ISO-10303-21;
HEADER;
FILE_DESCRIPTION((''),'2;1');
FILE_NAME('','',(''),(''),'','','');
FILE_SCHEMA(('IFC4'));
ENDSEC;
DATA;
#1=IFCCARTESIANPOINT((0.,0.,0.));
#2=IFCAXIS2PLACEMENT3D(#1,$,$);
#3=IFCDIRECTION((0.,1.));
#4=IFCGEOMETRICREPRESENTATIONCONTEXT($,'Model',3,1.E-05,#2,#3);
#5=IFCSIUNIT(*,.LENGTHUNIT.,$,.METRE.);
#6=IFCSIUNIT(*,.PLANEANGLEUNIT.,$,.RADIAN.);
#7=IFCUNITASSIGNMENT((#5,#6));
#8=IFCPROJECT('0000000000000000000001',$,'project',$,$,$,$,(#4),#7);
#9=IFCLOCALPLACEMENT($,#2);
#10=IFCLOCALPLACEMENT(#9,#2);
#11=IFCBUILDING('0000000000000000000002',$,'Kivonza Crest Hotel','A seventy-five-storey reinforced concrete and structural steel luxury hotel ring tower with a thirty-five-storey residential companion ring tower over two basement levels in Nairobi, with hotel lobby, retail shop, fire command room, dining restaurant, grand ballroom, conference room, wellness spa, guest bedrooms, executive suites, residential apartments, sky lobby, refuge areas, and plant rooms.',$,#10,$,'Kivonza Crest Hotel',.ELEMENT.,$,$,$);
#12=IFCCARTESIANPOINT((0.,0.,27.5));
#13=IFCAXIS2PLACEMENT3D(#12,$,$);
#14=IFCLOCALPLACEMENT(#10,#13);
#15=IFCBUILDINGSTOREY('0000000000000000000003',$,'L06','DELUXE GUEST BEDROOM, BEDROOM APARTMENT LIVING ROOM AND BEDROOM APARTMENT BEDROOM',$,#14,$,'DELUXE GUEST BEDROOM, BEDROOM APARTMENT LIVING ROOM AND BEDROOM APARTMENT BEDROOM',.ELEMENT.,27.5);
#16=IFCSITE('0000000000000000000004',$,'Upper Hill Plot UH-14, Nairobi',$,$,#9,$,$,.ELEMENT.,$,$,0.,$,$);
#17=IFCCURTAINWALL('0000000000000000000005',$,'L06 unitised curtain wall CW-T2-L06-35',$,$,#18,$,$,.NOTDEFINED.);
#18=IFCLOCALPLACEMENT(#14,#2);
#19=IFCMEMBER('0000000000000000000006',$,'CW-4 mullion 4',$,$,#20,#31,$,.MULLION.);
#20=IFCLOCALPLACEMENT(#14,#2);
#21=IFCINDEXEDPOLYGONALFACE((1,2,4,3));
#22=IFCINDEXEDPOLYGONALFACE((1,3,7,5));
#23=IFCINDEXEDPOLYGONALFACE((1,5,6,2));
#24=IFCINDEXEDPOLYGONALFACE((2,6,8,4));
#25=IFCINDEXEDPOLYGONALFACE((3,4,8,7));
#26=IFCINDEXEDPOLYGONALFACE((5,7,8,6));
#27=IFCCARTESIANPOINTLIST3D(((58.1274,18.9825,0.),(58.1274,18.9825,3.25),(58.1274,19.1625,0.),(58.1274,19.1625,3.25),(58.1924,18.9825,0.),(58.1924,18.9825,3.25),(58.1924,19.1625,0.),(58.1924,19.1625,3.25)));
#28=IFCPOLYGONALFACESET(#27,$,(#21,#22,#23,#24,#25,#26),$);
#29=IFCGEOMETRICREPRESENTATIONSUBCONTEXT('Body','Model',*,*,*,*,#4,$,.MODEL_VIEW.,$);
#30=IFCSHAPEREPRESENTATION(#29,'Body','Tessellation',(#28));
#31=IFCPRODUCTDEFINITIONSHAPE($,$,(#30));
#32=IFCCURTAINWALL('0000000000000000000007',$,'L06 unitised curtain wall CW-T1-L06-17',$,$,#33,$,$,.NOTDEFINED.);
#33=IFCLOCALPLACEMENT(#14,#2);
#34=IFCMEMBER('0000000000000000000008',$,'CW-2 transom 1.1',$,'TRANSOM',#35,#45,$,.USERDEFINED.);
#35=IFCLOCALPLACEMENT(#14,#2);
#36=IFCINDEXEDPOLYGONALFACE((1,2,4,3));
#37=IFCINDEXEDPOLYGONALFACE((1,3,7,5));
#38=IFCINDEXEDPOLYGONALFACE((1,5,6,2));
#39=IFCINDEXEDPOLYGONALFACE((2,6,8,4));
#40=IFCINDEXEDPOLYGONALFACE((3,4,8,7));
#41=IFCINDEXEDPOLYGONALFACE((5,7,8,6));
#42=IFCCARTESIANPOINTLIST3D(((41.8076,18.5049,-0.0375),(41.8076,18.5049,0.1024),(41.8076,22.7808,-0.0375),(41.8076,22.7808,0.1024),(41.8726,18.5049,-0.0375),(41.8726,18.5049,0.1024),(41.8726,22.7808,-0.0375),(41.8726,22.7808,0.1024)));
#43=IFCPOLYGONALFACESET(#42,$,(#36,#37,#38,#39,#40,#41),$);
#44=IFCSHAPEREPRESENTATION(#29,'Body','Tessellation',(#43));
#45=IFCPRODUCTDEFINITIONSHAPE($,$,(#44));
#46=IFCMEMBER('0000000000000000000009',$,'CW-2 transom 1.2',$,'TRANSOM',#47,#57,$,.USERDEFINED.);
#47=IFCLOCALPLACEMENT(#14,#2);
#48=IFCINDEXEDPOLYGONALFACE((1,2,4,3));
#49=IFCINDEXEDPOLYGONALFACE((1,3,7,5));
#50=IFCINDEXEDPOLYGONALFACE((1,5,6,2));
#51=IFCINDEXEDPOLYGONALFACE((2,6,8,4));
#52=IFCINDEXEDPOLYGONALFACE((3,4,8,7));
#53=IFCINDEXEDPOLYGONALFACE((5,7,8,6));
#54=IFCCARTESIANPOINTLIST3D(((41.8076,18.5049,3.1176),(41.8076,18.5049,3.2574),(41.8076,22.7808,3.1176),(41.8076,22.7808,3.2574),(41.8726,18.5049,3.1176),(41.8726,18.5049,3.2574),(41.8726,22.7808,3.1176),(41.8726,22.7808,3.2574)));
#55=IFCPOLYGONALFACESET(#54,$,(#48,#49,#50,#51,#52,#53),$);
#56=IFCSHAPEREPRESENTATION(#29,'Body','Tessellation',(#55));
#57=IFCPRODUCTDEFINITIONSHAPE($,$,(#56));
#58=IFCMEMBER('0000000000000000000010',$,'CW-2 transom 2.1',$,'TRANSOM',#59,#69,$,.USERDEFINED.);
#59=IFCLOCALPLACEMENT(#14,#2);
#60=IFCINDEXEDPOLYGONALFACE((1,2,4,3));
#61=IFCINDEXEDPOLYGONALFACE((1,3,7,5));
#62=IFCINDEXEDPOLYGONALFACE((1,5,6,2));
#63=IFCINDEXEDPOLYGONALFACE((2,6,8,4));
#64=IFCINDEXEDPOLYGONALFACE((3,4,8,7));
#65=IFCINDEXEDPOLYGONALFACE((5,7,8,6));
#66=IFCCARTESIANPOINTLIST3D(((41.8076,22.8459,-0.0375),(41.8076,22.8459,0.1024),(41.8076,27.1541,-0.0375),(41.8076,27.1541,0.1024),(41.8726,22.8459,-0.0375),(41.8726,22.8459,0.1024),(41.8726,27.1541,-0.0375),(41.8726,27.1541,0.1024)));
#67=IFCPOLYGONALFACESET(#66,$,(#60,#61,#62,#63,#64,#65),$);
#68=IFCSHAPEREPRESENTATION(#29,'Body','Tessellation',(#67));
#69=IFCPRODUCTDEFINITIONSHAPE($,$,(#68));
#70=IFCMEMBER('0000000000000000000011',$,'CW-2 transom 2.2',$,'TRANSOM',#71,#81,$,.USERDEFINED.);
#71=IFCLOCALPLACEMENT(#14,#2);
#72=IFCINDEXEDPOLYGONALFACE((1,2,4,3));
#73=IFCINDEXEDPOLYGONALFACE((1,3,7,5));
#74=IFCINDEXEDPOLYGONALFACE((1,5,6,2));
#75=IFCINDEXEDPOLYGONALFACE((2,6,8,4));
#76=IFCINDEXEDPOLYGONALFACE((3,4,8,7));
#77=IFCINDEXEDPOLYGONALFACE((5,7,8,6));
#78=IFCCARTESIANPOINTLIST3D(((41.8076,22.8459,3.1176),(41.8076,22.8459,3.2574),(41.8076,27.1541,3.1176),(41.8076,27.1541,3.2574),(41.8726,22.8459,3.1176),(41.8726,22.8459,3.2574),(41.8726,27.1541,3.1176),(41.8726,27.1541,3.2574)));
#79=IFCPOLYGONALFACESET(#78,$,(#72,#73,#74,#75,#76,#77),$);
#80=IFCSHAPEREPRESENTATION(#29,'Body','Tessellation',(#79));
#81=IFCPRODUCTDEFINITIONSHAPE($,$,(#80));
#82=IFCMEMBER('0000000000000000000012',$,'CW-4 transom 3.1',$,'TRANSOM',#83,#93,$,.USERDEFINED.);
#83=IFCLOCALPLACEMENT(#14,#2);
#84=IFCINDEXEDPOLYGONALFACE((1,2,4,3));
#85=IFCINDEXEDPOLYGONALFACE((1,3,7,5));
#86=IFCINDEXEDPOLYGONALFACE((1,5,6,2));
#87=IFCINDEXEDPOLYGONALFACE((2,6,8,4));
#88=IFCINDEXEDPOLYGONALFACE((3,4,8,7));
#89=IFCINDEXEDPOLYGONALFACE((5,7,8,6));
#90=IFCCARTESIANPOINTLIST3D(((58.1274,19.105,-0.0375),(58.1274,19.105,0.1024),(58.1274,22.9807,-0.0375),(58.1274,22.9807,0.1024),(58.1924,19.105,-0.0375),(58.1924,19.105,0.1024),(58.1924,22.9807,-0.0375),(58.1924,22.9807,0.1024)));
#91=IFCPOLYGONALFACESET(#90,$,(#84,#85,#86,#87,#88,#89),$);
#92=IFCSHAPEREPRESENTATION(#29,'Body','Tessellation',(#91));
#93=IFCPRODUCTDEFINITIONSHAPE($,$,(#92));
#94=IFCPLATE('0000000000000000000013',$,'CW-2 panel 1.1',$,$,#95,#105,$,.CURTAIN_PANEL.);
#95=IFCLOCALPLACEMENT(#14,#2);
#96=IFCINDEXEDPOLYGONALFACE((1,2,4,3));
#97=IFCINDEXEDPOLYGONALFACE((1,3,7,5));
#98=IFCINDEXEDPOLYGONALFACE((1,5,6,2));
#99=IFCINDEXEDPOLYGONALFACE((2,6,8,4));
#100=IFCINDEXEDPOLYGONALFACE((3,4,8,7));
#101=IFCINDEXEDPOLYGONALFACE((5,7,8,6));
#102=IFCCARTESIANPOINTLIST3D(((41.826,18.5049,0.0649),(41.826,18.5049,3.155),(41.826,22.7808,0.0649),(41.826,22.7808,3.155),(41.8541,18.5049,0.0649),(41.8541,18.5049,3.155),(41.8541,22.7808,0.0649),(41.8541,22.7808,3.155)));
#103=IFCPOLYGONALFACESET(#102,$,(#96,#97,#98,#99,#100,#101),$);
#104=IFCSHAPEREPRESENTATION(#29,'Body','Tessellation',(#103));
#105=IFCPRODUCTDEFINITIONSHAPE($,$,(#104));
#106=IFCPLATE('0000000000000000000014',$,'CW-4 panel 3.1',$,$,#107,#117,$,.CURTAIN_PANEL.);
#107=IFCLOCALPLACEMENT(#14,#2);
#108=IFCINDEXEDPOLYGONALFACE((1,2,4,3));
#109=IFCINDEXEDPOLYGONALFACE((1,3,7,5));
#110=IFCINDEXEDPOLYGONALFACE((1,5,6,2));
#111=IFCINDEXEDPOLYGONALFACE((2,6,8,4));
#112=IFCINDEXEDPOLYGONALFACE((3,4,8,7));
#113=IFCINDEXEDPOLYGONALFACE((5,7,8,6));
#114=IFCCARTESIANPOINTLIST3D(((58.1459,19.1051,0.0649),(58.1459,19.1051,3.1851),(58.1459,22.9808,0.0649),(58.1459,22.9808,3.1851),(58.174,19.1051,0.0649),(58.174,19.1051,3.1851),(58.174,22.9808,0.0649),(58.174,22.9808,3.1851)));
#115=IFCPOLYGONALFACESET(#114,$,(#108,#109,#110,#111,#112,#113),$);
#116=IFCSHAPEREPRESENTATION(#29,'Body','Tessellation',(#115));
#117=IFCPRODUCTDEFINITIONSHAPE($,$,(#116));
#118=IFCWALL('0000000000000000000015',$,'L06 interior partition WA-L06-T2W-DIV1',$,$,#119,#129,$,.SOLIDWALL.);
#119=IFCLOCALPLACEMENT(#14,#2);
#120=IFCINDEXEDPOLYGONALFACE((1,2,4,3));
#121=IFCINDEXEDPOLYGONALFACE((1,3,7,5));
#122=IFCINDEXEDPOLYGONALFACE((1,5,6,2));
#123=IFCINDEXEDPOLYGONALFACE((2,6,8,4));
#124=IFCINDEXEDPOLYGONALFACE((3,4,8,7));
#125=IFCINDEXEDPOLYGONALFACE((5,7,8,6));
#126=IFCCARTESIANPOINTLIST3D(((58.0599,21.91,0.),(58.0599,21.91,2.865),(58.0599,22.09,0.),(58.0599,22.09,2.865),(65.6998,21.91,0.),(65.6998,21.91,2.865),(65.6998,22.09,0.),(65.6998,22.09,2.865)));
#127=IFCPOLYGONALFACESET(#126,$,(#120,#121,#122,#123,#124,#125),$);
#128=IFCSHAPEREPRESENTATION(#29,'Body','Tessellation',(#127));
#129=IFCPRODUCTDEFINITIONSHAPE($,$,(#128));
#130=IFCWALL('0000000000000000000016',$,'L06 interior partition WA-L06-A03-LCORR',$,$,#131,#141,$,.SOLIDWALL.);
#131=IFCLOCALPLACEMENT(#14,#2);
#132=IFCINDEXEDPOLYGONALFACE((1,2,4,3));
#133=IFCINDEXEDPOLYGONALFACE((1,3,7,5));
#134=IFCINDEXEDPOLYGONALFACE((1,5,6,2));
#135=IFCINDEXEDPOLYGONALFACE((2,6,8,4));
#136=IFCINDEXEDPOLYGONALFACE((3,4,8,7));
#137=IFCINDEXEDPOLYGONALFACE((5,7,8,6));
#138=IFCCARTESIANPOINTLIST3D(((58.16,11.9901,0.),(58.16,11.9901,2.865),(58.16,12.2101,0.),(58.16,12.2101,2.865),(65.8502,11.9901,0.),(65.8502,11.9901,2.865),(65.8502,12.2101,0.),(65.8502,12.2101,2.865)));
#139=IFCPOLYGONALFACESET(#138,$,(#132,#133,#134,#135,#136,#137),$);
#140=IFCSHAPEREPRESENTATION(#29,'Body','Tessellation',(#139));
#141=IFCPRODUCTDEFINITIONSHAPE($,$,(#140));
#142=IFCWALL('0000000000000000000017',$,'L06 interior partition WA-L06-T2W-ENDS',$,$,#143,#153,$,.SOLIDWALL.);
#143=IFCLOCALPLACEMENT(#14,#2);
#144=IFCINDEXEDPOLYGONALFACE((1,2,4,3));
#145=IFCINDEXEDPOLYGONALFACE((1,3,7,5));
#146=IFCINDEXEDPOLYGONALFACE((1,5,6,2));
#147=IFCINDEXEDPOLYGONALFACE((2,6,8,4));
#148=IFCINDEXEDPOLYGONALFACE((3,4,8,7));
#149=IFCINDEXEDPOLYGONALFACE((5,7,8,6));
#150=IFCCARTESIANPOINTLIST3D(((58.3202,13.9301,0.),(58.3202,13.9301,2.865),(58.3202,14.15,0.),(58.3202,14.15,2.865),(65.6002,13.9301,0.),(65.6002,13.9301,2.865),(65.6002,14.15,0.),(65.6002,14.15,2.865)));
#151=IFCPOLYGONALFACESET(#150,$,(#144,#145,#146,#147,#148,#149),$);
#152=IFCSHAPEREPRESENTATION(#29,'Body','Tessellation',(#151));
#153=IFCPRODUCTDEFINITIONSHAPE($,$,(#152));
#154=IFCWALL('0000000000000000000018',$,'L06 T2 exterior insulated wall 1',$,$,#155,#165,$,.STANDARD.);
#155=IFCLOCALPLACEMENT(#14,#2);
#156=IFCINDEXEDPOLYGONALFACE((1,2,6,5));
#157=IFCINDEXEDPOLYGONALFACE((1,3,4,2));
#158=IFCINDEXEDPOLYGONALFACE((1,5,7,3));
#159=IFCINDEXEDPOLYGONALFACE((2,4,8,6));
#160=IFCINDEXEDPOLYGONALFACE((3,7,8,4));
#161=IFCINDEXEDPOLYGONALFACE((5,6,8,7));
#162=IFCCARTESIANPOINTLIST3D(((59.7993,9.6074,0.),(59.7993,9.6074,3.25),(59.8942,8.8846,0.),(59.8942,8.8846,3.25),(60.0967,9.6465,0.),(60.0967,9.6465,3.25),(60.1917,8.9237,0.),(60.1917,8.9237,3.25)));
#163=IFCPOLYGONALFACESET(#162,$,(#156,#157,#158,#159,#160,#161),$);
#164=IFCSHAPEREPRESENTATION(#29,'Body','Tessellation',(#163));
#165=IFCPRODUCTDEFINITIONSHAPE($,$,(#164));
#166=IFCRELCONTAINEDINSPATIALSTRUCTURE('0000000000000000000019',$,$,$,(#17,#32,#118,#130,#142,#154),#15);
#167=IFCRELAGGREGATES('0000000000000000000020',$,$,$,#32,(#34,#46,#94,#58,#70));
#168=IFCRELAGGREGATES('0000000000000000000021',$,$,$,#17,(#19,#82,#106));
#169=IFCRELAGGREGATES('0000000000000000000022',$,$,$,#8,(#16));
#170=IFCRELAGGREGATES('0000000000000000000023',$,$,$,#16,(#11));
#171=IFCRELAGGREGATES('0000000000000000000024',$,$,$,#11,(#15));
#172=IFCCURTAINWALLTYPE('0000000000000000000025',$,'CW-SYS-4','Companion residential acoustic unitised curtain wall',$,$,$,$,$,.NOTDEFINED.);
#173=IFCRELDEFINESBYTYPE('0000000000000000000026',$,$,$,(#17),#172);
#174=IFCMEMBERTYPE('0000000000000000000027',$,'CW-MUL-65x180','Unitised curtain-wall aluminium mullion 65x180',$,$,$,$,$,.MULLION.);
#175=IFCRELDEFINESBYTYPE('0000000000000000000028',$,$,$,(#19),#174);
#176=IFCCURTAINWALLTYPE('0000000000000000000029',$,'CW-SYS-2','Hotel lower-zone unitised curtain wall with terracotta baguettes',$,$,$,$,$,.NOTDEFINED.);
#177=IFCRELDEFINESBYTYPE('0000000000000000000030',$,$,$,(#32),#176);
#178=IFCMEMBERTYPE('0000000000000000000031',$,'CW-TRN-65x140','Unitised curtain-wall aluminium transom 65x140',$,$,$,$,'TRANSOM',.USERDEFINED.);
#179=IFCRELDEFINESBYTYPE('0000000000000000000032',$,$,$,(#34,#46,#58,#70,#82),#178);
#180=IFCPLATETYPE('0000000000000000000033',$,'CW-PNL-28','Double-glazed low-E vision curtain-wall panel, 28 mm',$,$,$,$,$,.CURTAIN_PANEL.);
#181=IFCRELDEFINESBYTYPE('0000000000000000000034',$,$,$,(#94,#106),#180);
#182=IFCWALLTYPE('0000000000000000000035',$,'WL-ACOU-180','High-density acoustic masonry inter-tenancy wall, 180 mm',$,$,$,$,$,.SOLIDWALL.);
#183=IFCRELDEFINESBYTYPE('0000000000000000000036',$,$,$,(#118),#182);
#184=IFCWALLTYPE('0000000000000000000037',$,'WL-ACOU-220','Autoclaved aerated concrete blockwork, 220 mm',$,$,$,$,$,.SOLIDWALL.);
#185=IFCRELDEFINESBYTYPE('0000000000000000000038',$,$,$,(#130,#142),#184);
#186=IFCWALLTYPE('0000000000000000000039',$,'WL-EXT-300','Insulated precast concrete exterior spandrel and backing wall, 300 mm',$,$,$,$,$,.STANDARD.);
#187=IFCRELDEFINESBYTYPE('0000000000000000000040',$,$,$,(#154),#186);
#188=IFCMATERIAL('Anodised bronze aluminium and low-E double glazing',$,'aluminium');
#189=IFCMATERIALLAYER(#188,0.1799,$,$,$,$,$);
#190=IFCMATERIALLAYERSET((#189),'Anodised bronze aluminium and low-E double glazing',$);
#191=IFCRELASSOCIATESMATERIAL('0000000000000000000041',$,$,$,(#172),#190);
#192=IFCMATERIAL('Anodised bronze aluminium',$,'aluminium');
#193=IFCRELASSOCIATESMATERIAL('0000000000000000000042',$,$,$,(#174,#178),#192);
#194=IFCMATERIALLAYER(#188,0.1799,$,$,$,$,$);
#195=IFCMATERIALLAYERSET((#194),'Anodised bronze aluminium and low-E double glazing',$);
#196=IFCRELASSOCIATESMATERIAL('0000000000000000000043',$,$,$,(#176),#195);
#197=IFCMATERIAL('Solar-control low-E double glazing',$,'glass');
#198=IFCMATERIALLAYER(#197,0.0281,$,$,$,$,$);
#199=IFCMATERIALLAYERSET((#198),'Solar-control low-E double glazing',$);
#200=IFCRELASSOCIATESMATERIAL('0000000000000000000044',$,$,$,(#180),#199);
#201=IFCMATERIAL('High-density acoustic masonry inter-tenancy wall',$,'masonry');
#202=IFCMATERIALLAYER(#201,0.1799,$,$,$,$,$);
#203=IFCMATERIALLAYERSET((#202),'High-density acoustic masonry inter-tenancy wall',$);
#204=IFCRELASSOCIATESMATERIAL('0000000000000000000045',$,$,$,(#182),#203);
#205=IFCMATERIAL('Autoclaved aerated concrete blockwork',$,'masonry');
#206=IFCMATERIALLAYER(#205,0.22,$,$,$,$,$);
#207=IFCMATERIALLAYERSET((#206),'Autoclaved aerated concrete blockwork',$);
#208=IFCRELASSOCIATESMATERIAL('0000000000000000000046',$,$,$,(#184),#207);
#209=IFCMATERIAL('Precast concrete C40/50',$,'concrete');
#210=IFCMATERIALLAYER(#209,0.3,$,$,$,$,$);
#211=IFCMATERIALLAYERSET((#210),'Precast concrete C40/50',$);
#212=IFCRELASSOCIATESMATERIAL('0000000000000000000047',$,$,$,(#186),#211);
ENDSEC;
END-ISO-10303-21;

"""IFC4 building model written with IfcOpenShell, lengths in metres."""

from ifc_helpers import new_model, si_unit, direction, frame, frame_2d, origin, origin_2d, place, context, subcontext, project, spatial, rectangle, extrude, material, layer, layer_set, material_profile, profile_set, type_object, element, aggregate, save


model = new_model("IFC4")

# Units and contexts
model_context = context("Model", 3, precision=1e-05, world=origin(), true_north=direction((0.0, 1.0)))
body_context = subcontext(model_context, "Body", "Model", "MODEL_VIEW")
ifc_project = project(units=[si_unit("LENGTHUNIT", "METRE"), si_unit("PLANEANGLEUNIT", "RADIAN")], contexts=[model_context])

# Site, building, storey
site_placement = place(None, origin())
site = spatial("IfcSite", under=ifc_project, at=site_placement, Name="Upper Hill Plot UH-14, Nairobi", CompositionType="ELEMENT", RefElevation=0.0)
building_placement = place(site_placement, origin())
building = spatial("IfcBuilding", under=site, at=building_placement, Name="Kivonza Crest Hotel", Description="A seventy-five-storey reinforced concrete and structural steel luxury hotel ring tower with a thirty-five-storey residential companion ring tower over two basement levels in Nairobi, with hotel lobby, retail shop, fire command room, dining restaurant, grand ballroom, conference room, wellness spa, guest bedrooms, executive suites, residential apartments, sky lobby, refuge areas, and plant rooms.", LongName="Kivonza Crest Hotel", CompositionType="ELEMENT")
storey_placement = place(building_placement, frame((0.0, 0.0, 27.5)))
storey = spatial("IfcBuildingStorey", under=building, at=storey_placement, Name="L06", Description="DELUXE GUEST BEDROOM, BEDROOM APARTMENT LIVING ROOM AND BEDROOM APARTMENT BEDROOM", LongName="DELUXE GUEST BEDROOM, BEDROOM APARTMENT LIVING ROOM AND BEDROOM APARTMENT BEDROOM", CompositionType="ELEMENT", Elevation=27.5)

# Curtain wall, member
ifc_material_1 = material(Name="Anodised bronze aluminium and low-E double glazing", Category="aluminium")
ifc_layer_1 = layer(ifc_material_1, 0.1799)
ifc_layer_set_1 = layer_set([ifc_layer_1], Name="Anodised bronze aluminium and low-E double glazing")
curtain_wall_type_1 = type_object("IfcCurtainWallType", Name="CW-SYS-4", Description="Companion residential acoustic unitised curtain wall", PredefinedType="NOTDEFINED", material=ifc_layer_set_1)
curtain_wall_1_placement = place(storey_placement, origin())
curtain_wall_1 = element("IfcCurtainWall", 1, at=curtain_wall_1_placement, inside=storey, type_object=curtain_wall_type_1, Name="L06 unitised curtain wall CW-T2-L06-35", PredefinedType="NOTDEFINED")
ifc_material_2 = material(Name="Anodised bronze aluminium", Category="aluminium")
ifc_material_profile_1 = material_profile(ifc_material_2, rectangle(XDim=0.0649, YDim=0.1799, at=origin_2d()), Name="CW-M 65x180")
ifc_profile_set_1 = profile_set([ifc_material_profile_1], Name="Anodised bronze aluminium")
member_type_1 = type_object("IfcMemberType", Name="CW-MUL-65x180", Description="Unitised curtain-wall aluminium mullion 65x180", PredefinedType="MULLION", material=ifc_profile_set_1)
member_1_placement = place(storey_placement, frame((58.1599, 19.0725, 0.0), z_axis=(0.0, 0.0, 1.0), x_axis=(1.0, 0.0, 0.0)))
member_1 = element("IfcMember", 2, at=member_1_placement, type_object=member_type_1, Name="CW-4 mullion 4", PredefinedType="MULLION", context=body_context, shape_type="SweptSolid", body=[
    extrude(rectangle(XDim=0.0649, YDim=0.1799, at=origin_2d()), origin(), (0.0, 0.0, 1.0), 3.25),
])

# Curtain wall, members
ifc_layer_2 = layer(ifc_material_1, 0.1799)
ifc_layer_set_2 = layer_set([ifc_layer_2], Name="Anodised bronze aluminium and low-E double glazing")
curtain_wall_type_2 = type_object("IfcCurtainWallType", Name="CW-SYS-2", Description="Hotel lower-zone unitised curtain wall with terracotta baguettes", PredefinedType="NOTDEFINED", material=ifc_layer_set_2)
curtain_wall_2_placement = place(storey_placement, origin())
curtain_wall_2 = element("IfcCurtainWall", 3, at=curtain_wall_2_placement, inside=storey, type_object=curtain_wall_type_2, Name="L06 unitised curtain wall CW-T1-L06-17", PredefinedType="NOTDEFINED")
ifc_material_profile_2 = material_profile(ifc_material_2, rectangle(XDim=0.0649, YDim=0.1399, at=origin_2d()), Name="CW-T 65x140")
ifc_profile_set_2 = profile_set([ifc_material_profile_2], Name="Anodised bronze aluminium")
member_type_2 = type_object("IfcMemberType", Name="CW-TRN-65x140", Description="Unitised curtain-wall aluminium transom 65x140", ElementType="TRANSOM", PredefinedType="USERDEFINED", material=ifc_profile_set_2)
member_2_placement = place(storey_placement, frame((41.8401, 18.5049, 0.0325), z_axis=(0.0, 1.0, 0.0), x_axis=(-1.0, 0.0, 0.0)))
member_2 = element("IfcMember", 4, at=member_2_placement, type_object=member_type_2, Name="CW-2 transom 1.1", ObjectType="TRANSOM", PredefinedType="USERDEFINED", context=body_context, shape_type="SweptSolid", body=[
    extrude(rectangle(XDim=0.0649, YDim=0.1399, at=origin_2d()), origin(), (0.0, 0.0, 1.0), 4.2759),
])
member_3_placement = place(storey_placement, frame((41.8401, 18.5049, 3.1875), z_axis=(0.0, 1.0, 0.0), x_axis=(-1.0, 0.0, 0.0)))
member_3 = element("IfcMember", 5, at=member_3_placement, type_object=member_type_2, Name="CW-2 transom 1.2", ObjectType="TRANSOM", PredefinedType="USERDEFINED", context=body_context, shape_type="SweptSolid", body=[
    extrude(rectangle(XDim=0.0649, YDim=0.1399, at=origin_2d()), origin(), (0.0, 0.0, 1.0), 4.2759),
])
member_4_placement = place(storey_placement, frame((41.8401, 22.8459, 0.0325), z_axis=(0.0, 1.0, 0.0), x_axis=(-1.0, 0.0, 0.0)))
member_4 = element("IfcMember", 6, at=member_4_placement, type_object=member_type_2, Name="CW-2 transom 2.1", ObjectType="TRANSOM", PredefinedType="USERDEFINED", context=body_context, shape_type="SweptSolid", body=[
    extrude(rectangle(XDim=0.0649, YDim=0.1399, at=origin_2d()), origin(), (0.0, 0.0, 1.0), 4.3081),
])
member_5_placement = place(storey_placement, frame((41.8401, 22.8459, 3.1875), z_axis=(0.0, 1.0, 0.0), x_axis=(-1.0, 0.0, 0.0)))
member_5 = element("IfcMember", 7, at=member_5_placement, type_object=member_type_2, Name="CW-2 transom 2.2", ObjectType="TRANSOM", PredefinedType="USERDEFINED", context=body_context, shape_type="SweptSolid", body=[
    extrude(rectangle(XDim=0.0649, YDim=0.1399, at=origin_2d()), origin(), (0.0, 0.0, 1.0), 4.3081),
])

# Member
member_6_placement = place(storey_placement, frame((58.1599, 22.9807, 0.0325), z_axis=(0.0, -1.0, 0.0), x_axis=(1.0, 0.0, 0.0)))
member_6 = element("IfcMember", 8, at=member_6_placement, type_object=member_type_2, Name="CW-4 transom 3.1", ObjectType="TRANSOM", PredefinedType="USERDEFINED", context=body_context, shape_type="SweptSolid", body=[
    extrude(rectangle(XDim=0.0649, YDim=0.1399, at=origin_2d()), origin(), (0.0, 0.0, 1.0), 3.8757),
])

# Plates
ifc_material_3 = material(Name="Solar-control low-E double glazing", Category="glass")
ifc_layer_3 = layer(ifc_material_3, 0.0281)
ifc_layer_set_3 = layer_set([ifc_layer_3], Name="Solar-control low-E double glazing")
plate_type = type_object("IfcPlateType", Name="CW-PNL-28", Description="Double-glazed low-E vision curtain-wall panel, 28 mm", PredefinedType="CURTAIN_PANEL", material=ifc_layer_set_3)
plate_1_placement = place(storey_placement, frame((41.8401, 20.6428, 0.0649), z_axis=(0.0, 0.0, 1.0), x_axis=(0.0, 1.0, 0.0)))
plate_1 = element("IfcPlate", 9, at=plate_1_placement, type_object=plate_type, Name="CW-2 panel 1.1", PredefinedType="CURTAIN_PANEL", context=body_context, shape_type="SweptSolid", body=[
    extrude(rectangle(XDim=4.2759, YDim=0.0281, at=origin_2d()), origin(), (0.0, 0.0, 1.0), 3.0901),
])
aggregate(curtain_wall_2, [member_2, member_3, plate_1, member_4, member_5])
plate_2_placement = place(storey_placement, frame((58.1599, 21.043, 0.0649), z_axis=(0.0, 0.0, 1.0), x_axis=(0.0, -1.0, 0.0)))
plate_2 = element("IfcPlate", 10, at=plate_2_placement, type_object=plate_type, Name="CW-4 panel 3.1", PredefinedType="CURTAIN_PANEL", context=body_context, shape_type="SweptSolid", body=[
    extrude(rectangle(XDim=3.8757, YDim=0.0281, at=origin_2d()), origin(), (0.0, 0.0, 1.0), 3.1201),
])
aggregate(curtain_wall_1, [member_1, member_6, plate_2])

# Walls
ifc_material_4 = material(Name="High-density acoustic masonry inter-tenancy wall", Category="masonry")
ifc_layer_4 = layer(ifc_material_4, 0.1799)
ifc_layer_set_4 = layer_set([ifc_layer_4], Name="High-density acoustic masonry inter-tenancy wall")
wall_type_1 = type_object("IfcWallType", Name="WL-ACOU-180", Description="High-density acoustic masonry inter-tenancy wall, 180 mm", PredefinedType="SOLIDWALL", material=ifc_layer_set_4)
wall_1_placement = place(storey_placement, frame((58.0601, 22.0, 0.0), z_axis=(0.0, 0.0, 1.0), x_axis=(1.0, 0.0, 0.0)))
element("IfcWall", 11, at=wall_1_placement, inside=storey, type_object=wall_type_1, Name="L06 interior partition WA-L06-T2W-DIV1", PredefinedType="SOLIDWALL", context=body_context, shape_type="SweptSolid", body=[
    extrude(rectangle(XDim=7.6399, YDim=0.1799, at=frame_2d((3.8198, 0.0))), origin(), (0.0, 0.0, 1.0), 2.865),
])
ifc_material_5 = material(Name="Autoclaved aerated concrete blockwork", Category="masonry")
ifc_layer_5 = layer(ifc_material_5, 0.22)
ifc_layer_set_5 = layer_set([ifc_layer_5], Name="Autoclaved aerated concrete blockwork")
wall_type_2 = type_object("IfcWallType", Name="WL-ACOU-220", Description="Autoclaved aerated concrete blockwork, 220 mm", PredefinedType="SOLIDWALL", material=ifc_layer_set_5)
wall_2_placement = place(storey_placement, frame((58.1599, 12.1001, 0.0), z_axis=(0.0, 0.0, 1.0), x_axis=(1.0, 0.0, 0.0)))
element("IfcWall", 12, at=wall_2_placement, inside=storey, type_object=wall_type_2, Name="L06 interior partition WA-L06-A03-LCORR", PredefinedType="SOLIDWALL", context=body_context, shape_type="SweptSolid", body=[
    extrude(rectangle(XDim=7.6902, YDim=0.22, at=frame_2d((3.8452, 0.0))), origin(), (0.0, 0.0, 1.0), 2.865),
])
wall_3_placement = place(storey_placement, frame((58.3201, 14.04, 0.0), z_axis=(0.0, 0.0, 1.0), x_axis=(1.0, 0.0, 0.0)))
element("IfcWall", 13, at=wall_3_placement, inside=storey, type_object=wall_type_2, Name="L06 interior partition WA-L06-T2W-ENDS", PredefinedType="SOLIDWALL", context=body_context, shape_type="SweptSolid", body=[
    extrude(rectangle(XDim=7.28, YDim=0.22, at=frame_2d((3.6401, 0.0))), origin(), (0.0, 0.0, 1.0), 2.865),
])
ifc_material_6 = material(Name="Precast concrete C40/50", Category="concrete")
ifc_layer_6 = layer(ifc_material_6, 0.3)
ifc_layer_set_6 = layer_set([ifc_layer_6], Name="Precast concrete C40/50")
wall_type_3 = type_object("IfcWallType", Name="WL-EXT-300", Description="Insulated precast concrete exterior spandrel and backing wall, 300 mm", PredefinedType="STANDARD", material=ifc_layer_set_6)
wall_4_placement = place(storey_placement, frame((59.948, 9.627, 0.0), z_axis=(0.0, 0.0, 1.0), x_axis=(0.130255, -0.99148, 0.0)))
element("IfcWall", 14, at=wall_4_placement, inside=storey, type_object=wall_type_3, Name="L06 T2 exterior insulated wall 1", PredefinedType="STANDARD", context=body_context, shape_type="SweptSolid", body=[
    extrude(rectangle(XDim=0.729, YDim=0.3, at=frame_2d((0.3645, 0.0))), origin(), (0.0, 0.0, 1.0), 3.25),
])

save(model, "model.ifc")
